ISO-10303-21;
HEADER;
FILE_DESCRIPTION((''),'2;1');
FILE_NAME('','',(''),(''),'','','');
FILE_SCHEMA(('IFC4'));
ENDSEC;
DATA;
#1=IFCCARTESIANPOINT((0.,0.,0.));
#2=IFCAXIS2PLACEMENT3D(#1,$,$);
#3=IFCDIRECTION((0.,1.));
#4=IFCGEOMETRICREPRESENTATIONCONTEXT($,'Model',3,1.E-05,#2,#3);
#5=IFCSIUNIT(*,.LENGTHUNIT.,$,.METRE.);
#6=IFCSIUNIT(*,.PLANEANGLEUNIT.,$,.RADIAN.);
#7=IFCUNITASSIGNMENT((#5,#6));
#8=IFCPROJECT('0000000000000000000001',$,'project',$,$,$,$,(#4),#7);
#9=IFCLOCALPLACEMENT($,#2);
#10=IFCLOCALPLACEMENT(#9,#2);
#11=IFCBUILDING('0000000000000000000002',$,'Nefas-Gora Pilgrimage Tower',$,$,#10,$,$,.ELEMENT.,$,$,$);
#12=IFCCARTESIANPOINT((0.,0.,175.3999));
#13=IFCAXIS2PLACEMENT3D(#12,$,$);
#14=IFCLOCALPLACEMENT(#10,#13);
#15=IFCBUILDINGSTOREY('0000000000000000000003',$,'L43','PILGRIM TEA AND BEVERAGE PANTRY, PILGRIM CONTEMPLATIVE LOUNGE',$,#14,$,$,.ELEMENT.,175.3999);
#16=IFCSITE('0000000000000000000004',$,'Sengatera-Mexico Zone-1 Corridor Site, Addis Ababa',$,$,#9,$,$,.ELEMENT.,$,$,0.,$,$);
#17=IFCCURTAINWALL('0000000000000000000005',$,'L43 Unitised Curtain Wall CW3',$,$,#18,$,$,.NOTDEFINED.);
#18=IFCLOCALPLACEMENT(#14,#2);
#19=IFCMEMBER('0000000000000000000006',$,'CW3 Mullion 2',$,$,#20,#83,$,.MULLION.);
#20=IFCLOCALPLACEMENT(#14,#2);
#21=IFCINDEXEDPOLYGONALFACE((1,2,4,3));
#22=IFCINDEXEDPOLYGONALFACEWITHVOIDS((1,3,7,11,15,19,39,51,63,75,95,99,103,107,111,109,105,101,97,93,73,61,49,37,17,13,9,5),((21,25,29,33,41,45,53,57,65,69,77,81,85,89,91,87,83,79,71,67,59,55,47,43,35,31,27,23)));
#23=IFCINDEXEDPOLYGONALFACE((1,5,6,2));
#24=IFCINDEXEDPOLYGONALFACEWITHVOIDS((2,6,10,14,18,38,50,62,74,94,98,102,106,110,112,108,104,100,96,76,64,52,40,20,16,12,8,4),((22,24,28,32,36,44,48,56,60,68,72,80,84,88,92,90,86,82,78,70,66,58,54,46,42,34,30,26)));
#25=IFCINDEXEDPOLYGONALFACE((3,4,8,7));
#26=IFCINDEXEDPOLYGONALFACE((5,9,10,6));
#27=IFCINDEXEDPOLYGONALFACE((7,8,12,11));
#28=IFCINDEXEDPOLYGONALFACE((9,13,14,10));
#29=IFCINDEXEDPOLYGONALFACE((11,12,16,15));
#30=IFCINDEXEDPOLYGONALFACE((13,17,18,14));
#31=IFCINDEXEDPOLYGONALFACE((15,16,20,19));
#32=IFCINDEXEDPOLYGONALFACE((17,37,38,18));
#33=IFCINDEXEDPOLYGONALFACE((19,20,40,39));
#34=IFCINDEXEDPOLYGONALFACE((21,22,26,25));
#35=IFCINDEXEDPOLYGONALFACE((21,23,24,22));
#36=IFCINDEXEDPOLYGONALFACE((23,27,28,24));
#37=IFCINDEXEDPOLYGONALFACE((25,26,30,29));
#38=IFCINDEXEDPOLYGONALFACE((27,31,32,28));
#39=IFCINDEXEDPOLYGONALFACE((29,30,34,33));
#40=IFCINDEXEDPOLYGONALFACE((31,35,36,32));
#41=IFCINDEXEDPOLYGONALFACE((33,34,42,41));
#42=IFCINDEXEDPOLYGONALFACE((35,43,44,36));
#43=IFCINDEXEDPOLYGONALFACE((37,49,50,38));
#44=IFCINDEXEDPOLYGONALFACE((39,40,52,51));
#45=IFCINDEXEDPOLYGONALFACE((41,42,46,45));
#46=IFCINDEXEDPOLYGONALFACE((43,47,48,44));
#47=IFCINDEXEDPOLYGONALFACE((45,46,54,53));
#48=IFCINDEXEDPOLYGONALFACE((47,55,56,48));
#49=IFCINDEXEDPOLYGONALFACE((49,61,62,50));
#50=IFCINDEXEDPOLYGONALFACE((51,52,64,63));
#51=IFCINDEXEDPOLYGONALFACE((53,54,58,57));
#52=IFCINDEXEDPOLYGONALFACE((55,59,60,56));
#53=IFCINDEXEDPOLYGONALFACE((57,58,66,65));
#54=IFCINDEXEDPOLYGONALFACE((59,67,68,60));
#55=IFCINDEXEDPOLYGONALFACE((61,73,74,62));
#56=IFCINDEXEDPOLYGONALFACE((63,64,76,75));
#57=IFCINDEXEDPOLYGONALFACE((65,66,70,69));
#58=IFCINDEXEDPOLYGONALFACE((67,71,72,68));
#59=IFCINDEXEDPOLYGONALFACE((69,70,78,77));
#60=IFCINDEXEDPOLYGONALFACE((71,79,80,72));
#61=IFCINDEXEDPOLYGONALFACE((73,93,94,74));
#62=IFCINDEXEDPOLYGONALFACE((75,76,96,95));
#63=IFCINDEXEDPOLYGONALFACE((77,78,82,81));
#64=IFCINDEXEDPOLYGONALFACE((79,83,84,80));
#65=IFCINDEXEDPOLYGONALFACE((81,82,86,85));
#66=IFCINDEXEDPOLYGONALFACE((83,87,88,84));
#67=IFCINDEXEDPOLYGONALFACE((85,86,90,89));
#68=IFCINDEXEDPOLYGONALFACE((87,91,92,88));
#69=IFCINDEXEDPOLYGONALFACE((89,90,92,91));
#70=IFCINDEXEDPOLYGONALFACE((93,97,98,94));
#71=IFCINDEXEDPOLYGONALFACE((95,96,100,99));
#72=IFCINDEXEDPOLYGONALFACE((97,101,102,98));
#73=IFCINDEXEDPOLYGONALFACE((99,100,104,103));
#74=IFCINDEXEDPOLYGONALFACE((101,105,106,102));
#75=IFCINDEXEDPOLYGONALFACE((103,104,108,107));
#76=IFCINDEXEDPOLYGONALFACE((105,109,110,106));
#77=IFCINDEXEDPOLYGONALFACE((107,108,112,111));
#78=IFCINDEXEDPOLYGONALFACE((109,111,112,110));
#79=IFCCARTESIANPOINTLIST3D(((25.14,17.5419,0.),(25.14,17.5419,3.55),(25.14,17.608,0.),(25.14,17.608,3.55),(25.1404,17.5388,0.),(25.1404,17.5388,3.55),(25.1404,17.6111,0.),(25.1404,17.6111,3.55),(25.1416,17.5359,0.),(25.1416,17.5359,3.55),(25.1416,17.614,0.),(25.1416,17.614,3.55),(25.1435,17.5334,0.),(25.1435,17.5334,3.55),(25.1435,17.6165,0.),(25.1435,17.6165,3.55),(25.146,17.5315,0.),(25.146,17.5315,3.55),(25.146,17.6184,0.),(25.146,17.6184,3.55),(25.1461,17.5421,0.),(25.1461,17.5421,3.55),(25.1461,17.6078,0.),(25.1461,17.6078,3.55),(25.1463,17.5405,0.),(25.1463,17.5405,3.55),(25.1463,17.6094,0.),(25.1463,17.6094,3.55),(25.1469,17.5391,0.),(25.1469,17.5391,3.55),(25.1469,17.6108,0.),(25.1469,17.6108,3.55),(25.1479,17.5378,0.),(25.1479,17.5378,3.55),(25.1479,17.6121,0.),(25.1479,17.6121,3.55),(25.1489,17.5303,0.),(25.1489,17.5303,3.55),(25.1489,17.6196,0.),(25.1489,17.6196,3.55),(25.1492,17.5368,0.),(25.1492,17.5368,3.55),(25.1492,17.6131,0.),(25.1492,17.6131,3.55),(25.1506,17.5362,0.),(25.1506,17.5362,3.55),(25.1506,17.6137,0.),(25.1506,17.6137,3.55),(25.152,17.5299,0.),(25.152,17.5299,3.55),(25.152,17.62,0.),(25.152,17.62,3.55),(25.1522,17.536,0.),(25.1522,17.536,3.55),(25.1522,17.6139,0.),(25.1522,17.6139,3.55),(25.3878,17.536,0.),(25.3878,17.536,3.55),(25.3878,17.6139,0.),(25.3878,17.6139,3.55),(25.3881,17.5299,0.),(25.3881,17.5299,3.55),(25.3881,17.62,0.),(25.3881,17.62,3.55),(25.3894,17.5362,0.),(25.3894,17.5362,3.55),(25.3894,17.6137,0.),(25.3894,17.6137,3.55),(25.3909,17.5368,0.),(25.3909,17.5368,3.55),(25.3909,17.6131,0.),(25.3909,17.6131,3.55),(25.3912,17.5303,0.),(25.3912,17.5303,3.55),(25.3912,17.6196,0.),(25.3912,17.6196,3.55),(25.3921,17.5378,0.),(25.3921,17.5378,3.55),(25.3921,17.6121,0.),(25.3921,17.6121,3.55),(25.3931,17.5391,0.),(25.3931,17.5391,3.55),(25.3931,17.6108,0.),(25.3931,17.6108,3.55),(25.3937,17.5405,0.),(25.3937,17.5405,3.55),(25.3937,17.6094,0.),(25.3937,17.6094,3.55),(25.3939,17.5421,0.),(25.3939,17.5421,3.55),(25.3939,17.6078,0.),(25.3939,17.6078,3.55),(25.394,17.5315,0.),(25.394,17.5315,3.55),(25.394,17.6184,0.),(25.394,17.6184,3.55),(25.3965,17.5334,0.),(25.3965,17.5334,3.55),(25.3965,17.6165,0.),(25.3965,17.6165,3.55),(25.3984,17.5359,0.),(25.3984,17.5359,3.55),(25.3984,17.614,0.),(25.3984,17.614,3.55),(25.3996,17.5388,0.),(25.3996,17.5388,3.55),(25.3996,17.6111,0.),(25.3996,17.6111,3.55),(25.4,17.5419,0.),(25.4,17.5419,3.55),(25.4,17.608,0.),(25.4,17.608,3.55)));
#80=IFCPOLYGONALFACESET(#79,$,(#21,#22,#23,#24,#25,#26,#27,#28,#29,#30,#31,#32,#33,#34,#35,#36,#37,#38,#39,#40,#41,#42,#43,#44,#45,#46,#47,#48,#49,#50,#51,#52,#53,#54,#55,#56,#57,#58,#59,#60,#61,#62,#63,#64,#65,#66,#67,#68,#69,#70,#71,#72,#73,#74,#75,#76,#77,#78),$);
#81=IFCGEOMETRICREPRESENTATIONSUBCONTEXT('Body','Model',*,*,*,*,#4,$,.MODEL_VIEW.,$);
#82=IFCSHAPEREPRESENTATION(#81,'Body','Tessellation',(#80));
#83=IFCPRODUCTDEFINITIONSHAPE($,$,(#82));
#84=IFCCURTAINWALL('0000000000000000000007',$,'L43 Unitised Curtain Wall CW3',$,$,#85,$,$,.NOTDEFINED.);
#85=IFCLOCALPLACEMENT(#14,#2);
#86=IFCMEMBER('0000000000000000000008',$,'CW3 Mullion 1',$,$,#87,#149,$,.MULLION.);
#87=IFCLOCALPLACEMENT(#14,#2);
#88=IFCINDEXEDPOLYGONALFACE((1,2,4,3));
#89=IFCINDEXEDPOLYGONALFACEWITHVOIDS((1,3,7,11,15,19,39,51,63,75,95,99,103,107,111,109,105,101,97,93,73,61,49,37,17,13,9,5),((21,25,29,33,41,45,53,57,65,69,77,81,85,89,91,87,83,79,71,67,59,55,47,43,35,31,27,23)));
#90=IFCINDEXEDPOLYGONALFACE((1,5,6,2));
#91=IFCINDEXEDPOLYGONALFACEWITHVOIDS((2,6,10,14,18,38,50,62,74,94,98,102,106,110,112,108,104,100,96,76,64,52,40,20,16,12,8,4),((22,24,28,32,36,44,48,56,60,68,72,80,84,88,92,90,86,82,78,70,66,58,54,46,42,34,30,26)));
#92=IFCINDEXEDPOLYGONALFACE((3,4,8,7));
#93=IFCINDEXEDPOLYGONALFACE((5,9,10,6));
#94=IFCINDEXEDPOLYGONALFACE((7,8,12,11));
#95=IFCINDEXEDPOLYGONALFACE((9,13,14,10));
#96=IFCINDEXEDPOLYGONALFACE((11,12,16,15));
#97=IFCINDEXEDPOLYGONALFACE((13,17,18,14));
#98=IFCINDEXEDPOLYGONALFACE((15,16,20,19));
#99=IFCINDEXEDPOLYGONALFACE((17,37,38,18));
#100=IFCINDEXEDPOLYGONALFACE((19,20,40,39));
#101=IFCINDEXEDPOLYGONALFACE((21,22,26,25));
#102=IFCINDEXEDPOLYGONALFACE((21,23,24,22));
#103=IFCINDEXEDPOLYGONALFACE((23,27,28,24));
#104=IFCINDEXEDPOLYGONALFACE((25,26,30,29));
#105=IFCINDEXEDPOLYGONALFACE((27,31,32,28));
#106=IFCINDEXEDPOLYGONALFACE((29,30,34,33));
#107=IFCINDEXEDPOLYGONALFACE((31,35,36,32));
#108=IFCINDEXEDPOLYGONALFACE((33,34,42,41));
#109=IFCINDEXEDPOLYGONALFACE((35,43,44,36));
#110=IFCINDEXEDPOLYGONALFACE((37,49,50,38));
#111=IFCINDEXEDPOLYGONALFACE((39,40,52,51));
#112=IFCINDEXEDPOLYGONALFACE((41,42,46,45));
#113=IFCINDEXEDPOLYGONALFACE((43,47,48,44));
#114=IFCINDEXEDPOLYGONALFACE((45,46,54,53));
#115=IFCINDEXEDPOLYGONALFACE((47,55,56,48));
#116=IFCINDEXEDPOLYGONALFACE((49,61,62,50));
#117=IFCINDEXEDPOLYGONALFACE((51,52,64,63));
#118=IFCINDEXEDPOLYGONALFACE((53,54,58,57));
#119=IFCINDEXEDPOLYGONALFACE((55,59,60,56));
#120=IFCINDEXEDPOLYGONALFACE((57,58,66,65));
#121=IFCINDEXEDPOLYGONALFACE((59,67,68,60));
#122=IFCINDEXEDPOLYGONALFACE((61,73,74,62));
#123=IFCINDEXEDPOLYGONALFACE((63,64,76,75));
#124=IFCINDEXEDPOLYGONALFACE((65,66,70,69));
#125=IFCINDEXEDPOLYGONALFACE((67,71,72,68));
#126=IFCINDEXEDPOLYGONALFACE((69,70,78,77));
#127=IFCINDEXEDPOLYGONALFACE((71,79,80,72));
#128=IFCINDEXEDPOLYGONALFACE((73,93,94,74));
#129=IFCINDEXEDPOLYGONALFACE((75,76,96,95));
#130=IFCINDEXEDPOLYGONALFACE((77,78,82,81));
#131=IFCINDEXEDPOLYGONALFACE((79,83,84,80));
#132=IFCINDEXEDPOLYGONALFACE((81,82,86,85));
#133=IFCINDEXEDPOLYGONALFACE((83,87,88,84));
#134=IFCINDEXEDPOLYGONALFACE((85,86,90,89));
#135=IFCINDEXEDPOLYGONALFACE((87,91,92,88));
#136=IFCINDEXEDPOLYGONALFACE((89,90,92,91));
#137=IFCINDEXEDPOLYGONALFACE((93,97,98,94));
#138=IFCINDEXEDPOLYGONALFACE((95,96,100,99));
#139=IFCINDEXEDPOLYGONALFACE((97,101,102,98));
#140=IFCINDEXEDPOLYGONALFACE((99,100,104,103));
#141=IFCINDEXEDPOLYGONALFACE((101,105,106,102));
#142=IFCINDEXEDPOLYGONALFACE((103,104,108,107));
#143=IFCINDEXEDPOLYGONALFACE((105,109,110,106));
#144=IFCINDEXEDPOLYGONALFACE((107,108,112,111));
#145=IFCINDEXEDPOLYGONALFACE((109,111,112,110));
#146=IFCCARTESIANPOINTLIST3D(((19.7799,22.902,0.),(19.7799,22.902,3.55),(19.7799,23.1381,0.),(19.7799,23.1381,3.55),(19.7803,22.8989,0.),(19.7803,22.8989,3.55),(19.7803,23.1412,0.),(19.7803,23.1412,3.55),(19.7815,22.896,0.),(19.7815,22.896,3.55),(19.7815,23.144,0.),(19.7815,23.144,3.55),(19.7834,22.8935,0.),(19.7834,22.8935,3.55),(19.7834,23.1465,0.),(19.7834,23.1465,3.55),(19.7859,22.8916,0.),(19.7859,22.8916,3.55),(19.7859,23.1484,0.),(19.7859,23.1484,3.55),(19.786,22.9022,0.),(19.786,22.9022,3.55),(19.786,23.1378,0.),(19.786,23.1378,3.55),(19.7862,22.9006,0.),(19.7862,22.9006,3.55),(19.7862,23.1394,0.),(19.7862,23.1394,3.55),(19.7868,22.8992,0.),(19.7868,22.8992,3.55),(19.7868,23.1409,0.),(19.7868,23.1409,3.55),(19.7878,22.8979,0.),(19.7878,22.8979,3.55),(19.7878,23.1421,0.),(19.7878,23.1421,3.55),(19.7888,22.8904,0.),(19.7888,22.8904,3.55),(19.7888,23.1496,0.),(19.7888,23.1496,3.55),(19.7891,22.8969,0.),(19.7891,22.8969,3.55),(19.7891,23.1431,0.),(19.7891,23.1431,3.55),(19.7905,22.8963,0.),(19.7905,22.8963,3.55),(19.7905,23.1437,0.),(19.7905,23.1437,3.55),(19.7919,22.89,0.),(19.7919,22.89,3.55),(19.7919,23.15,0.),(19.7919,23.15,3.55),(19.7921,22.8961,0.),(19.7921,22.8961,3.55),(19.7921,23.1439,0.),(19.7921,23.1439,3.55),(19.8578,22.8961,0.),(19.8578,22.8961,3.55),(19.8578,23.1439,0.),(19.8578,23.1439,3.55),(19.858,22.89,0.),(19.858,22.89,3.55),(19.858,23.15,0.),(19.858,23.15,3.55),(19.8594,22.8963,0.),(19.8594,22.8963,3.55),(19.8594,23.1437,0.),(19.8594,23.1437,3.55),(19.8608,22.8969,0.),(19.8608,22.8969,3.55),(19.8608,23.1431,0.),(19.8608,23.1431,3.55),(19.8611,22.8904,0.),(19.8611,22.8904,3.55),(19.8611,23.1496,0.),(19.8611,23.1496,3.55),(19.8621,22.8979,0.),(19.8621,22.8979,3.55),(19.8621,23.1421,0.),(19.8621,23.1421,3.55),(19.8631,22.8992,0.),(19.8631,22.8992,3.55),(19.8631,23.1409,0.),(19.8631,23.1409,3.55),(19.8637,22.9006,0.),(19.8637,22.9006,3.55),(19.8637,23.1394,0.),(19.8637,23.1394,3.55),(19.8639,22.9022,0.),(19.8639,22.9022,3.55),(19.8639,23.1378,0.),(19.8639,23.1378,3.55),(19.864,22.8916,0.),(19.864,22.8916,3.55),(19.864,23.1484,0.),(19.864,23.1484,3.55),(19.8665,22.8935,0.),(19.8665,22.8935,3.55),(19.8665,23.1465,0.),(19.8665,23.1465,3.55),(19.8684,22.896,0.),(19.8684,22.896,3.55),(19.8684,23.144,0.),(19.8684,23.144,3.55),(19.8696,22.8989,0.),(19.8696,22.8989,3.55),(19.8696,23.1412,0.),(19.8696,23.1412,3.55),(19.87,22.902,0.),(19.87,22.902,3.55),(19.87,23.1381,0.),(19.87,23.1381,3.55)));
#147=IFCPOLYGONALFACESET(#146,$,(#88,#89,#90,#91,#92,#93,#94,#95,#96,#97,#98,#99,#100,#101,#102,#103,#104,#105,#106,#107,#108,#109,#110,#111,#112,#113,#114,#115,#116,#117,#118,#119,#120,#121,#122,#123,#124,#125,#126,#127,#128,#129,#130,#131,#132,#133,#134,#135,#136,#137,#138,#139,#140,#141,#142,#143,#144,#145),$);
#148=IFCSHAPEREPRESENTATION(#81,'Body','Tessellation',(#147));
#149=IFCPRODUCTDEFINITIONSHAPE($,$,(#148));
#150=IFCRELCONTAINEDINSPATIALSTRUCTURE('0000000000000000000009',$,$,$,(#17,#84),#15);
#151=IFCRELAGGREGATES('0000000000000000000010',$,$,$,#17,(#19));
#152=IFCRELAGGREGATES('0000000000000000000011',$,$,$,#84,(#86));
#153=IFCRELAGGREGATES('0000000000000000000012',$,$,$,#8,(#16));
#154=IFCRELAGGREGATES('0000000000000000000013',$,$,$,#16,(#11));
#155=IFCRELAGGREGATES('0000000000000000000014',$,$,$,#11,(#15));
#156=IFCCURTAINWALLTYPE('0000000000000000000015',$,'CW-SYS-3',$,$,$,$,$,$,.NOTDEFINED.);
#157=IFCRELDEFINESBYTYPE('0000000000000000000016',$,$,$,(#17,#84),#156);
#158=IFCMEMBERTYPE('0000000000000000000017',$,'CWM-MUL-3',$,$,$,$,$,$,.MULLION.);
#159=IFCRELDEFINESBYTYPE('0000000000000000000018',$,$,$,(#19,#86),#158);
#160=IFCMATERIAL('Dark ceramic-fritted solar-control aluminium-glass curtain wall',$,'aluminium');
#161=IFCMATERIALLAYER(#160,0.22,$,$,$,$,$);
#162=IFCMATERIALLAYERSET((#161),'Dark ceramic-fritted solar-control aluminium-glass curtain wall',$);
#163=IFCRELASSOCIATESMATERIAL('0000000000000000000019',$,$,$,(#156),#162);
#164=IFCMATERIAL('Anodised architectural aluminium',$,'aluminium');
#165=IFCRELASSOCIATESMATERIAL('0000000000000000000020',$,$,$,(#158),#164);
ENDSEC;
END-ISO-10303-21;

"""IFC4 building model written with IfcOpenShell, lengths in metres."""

from ifc_helpers import new_model, si_unit, direction, frame, origin, origin_2d, place, context, subcontext, project, spatial, hollow_rectangle, extrude, source, transform, mapped, material, layer, layer_set, material_profile, profile_set, type_object, element, aggregate, save


model = new_model("IFC4")

# Units and contexts
model_context = context("Model", 3, precision=1e-05, world=origin(), true_north=direction((0.0, 1.0)))
body_context = subcontext(model_context, "Body", "Model", "MODEL_VIEW")
ifc_project = project(units=[si_unit("LENGTHUNIT", "METRE"), si_unit("PLANEANGLEUNIT", "RADIAN")], contexts=[model_context])

# Site, building, storey
site_placement = place(None, origin())
site = spatial("IfcSite", under=ifc_project, at=site_placement, Name="Sengatera-Mexico Zone-1 Corridor Site, Addis Ababa", CompositionType="ELEMENT", RefElevation=0.0)
building_placement = place(site_placement, origin())
building = spatial("IfcBuilding", under=site, at=building_placement, Name="Nefas-Gora Pilgrimage Tower", CompositionType="ELEMENT")
storey_placement = place(building_placement, frame((0.0, 0.0, 175.3999)))
storey = spatial("IfcBuildingStorey", under=building, at=storey_placement, Name="L43", Description="PILGRIM TEA AND BEVERAGE PANTRY, PILGRIM CONTEMPLATIVE LOUNGE", CompositionType="ELEMENT", Elevation=175.3999)

# Curtain wall, member
ifc_material_1 = material(Name="Dark ceramic-fritted solar-control aluminium-glass curtain wall", Category="aluminium")
ifc_layer_1 = layer(ifc_material_1, 0.22)
ifc_layer_set_1 = layer_set([ifc_layer_1], Name="Dark ceramic-fritted solar-control aluminium-glass curtain wall")
curtain_wall_type = type_object("IfcCurtainWallType", Name="CW-SYS-3", PredefinedType="NOTDEFINED", material=ifc_layer_set_1)
curtain_wall_1_placement = place(storey_placement, origin())
curtain_wall_1 = element("IfcCurtainWall", 1, at=curtain_wall_1_placement, inside=storey, type_object=curtain_wall_type, Name="L43 Unitised Curtain Wall CW3", PredefinedType="NOTDEFINED")
ifc_material_2 = material(Name="Anodised architectural aluminium", Category="aluminium")
ifc_material_profile_1 = material_profile(ifc_material_2, hollow_rectangle(XDim=0.0901, YDim=0.26, WallThickness=0.0061, InnerFilletRadius=0.0061, OuterFilletRadius=0.012, at=origin_2d()), Name="ALU MULLION 90x260")
ifc_profile_set_1 = profile_set([ifc_material_profile_1], Name="Anodised architectural aluminium")
member_type_1 = type_object("IfcMemberType", Name="CWM-MUL-3", PredefinedType="MULLION", material=ifc_profile_set_1)
shared_shape_1 = source(origin(), body_context, "Body", "SweptSolid", [
    extrude(hollow_rectangle(XDim=0.0901, YDim=0.26, WallThickness=0.0061, InnerFilletRadius=0.0061, OuterFilletRadius=0.012, at=origin_2d()), origin(), (0.0, 0.0, 1.0), 3.55),
])
member_1_placement = place(storey_placement, frame((25.27, 17.575, 0.0), z_axis=(0.0, 0.0, 1.0), x_axis=(0.0, 1.0, 0.0)))
member_1 = element("IfcMember", 2, at=member_1_placement, type_object=member_type_1, Name="CW3 Mullion 2", PredefinedType="MULLION", context=body_context, shape_type="MappedRepresentation", body=[
    mapped(shared_shape_1, transform((0.0, 0.0, 0.0), x_axis=(1.0, 0.0, 0.0), y_axis=(0.0, 1.0, 0.0), z_axis=(0.0, 0.0, 1.0), scale=1.0)),
])
aggregate(curtain_wall_1, [member_1])

# Curtain wall, member
curtain_wall_2_placement = place(storey_placement, origin())
curtain_wall_2 = element("IfcCurtainWall", 3, at=curtain_wall_2_placement, inside=storey, type_object=curtain_wall_type, Name="L43 Unitised Curtain Wall CW3", PredefinedType="NOTDEFINED")
member_2_placement = place(storey_placement, frame((19.825, 23.02, 0.0), z_axis=(0.0, 0.0, 1.0), x_axis=(-1.0, 0.0, 0.0)))
member_2 = element("IfcMember", 4, at=member_2_placement, type_object=member_type_1, Name="CW3 Mullion 1", PredefinedType="MULLION", context=body_context, shape_type="MappedRepresentation", body=[
    mapped(shared_shape_1, transform((0.0, 0.0, 0.0), x_axis=(1.0, 0.0, 0.0), y_axis=(0.0, 1.0, 0.0), z_axis=(0.0, 0.0, 1.0), scale=1.0)),
])
aggregate(curtain_wall_2, [member_2])

save(model, "model.ifc")
